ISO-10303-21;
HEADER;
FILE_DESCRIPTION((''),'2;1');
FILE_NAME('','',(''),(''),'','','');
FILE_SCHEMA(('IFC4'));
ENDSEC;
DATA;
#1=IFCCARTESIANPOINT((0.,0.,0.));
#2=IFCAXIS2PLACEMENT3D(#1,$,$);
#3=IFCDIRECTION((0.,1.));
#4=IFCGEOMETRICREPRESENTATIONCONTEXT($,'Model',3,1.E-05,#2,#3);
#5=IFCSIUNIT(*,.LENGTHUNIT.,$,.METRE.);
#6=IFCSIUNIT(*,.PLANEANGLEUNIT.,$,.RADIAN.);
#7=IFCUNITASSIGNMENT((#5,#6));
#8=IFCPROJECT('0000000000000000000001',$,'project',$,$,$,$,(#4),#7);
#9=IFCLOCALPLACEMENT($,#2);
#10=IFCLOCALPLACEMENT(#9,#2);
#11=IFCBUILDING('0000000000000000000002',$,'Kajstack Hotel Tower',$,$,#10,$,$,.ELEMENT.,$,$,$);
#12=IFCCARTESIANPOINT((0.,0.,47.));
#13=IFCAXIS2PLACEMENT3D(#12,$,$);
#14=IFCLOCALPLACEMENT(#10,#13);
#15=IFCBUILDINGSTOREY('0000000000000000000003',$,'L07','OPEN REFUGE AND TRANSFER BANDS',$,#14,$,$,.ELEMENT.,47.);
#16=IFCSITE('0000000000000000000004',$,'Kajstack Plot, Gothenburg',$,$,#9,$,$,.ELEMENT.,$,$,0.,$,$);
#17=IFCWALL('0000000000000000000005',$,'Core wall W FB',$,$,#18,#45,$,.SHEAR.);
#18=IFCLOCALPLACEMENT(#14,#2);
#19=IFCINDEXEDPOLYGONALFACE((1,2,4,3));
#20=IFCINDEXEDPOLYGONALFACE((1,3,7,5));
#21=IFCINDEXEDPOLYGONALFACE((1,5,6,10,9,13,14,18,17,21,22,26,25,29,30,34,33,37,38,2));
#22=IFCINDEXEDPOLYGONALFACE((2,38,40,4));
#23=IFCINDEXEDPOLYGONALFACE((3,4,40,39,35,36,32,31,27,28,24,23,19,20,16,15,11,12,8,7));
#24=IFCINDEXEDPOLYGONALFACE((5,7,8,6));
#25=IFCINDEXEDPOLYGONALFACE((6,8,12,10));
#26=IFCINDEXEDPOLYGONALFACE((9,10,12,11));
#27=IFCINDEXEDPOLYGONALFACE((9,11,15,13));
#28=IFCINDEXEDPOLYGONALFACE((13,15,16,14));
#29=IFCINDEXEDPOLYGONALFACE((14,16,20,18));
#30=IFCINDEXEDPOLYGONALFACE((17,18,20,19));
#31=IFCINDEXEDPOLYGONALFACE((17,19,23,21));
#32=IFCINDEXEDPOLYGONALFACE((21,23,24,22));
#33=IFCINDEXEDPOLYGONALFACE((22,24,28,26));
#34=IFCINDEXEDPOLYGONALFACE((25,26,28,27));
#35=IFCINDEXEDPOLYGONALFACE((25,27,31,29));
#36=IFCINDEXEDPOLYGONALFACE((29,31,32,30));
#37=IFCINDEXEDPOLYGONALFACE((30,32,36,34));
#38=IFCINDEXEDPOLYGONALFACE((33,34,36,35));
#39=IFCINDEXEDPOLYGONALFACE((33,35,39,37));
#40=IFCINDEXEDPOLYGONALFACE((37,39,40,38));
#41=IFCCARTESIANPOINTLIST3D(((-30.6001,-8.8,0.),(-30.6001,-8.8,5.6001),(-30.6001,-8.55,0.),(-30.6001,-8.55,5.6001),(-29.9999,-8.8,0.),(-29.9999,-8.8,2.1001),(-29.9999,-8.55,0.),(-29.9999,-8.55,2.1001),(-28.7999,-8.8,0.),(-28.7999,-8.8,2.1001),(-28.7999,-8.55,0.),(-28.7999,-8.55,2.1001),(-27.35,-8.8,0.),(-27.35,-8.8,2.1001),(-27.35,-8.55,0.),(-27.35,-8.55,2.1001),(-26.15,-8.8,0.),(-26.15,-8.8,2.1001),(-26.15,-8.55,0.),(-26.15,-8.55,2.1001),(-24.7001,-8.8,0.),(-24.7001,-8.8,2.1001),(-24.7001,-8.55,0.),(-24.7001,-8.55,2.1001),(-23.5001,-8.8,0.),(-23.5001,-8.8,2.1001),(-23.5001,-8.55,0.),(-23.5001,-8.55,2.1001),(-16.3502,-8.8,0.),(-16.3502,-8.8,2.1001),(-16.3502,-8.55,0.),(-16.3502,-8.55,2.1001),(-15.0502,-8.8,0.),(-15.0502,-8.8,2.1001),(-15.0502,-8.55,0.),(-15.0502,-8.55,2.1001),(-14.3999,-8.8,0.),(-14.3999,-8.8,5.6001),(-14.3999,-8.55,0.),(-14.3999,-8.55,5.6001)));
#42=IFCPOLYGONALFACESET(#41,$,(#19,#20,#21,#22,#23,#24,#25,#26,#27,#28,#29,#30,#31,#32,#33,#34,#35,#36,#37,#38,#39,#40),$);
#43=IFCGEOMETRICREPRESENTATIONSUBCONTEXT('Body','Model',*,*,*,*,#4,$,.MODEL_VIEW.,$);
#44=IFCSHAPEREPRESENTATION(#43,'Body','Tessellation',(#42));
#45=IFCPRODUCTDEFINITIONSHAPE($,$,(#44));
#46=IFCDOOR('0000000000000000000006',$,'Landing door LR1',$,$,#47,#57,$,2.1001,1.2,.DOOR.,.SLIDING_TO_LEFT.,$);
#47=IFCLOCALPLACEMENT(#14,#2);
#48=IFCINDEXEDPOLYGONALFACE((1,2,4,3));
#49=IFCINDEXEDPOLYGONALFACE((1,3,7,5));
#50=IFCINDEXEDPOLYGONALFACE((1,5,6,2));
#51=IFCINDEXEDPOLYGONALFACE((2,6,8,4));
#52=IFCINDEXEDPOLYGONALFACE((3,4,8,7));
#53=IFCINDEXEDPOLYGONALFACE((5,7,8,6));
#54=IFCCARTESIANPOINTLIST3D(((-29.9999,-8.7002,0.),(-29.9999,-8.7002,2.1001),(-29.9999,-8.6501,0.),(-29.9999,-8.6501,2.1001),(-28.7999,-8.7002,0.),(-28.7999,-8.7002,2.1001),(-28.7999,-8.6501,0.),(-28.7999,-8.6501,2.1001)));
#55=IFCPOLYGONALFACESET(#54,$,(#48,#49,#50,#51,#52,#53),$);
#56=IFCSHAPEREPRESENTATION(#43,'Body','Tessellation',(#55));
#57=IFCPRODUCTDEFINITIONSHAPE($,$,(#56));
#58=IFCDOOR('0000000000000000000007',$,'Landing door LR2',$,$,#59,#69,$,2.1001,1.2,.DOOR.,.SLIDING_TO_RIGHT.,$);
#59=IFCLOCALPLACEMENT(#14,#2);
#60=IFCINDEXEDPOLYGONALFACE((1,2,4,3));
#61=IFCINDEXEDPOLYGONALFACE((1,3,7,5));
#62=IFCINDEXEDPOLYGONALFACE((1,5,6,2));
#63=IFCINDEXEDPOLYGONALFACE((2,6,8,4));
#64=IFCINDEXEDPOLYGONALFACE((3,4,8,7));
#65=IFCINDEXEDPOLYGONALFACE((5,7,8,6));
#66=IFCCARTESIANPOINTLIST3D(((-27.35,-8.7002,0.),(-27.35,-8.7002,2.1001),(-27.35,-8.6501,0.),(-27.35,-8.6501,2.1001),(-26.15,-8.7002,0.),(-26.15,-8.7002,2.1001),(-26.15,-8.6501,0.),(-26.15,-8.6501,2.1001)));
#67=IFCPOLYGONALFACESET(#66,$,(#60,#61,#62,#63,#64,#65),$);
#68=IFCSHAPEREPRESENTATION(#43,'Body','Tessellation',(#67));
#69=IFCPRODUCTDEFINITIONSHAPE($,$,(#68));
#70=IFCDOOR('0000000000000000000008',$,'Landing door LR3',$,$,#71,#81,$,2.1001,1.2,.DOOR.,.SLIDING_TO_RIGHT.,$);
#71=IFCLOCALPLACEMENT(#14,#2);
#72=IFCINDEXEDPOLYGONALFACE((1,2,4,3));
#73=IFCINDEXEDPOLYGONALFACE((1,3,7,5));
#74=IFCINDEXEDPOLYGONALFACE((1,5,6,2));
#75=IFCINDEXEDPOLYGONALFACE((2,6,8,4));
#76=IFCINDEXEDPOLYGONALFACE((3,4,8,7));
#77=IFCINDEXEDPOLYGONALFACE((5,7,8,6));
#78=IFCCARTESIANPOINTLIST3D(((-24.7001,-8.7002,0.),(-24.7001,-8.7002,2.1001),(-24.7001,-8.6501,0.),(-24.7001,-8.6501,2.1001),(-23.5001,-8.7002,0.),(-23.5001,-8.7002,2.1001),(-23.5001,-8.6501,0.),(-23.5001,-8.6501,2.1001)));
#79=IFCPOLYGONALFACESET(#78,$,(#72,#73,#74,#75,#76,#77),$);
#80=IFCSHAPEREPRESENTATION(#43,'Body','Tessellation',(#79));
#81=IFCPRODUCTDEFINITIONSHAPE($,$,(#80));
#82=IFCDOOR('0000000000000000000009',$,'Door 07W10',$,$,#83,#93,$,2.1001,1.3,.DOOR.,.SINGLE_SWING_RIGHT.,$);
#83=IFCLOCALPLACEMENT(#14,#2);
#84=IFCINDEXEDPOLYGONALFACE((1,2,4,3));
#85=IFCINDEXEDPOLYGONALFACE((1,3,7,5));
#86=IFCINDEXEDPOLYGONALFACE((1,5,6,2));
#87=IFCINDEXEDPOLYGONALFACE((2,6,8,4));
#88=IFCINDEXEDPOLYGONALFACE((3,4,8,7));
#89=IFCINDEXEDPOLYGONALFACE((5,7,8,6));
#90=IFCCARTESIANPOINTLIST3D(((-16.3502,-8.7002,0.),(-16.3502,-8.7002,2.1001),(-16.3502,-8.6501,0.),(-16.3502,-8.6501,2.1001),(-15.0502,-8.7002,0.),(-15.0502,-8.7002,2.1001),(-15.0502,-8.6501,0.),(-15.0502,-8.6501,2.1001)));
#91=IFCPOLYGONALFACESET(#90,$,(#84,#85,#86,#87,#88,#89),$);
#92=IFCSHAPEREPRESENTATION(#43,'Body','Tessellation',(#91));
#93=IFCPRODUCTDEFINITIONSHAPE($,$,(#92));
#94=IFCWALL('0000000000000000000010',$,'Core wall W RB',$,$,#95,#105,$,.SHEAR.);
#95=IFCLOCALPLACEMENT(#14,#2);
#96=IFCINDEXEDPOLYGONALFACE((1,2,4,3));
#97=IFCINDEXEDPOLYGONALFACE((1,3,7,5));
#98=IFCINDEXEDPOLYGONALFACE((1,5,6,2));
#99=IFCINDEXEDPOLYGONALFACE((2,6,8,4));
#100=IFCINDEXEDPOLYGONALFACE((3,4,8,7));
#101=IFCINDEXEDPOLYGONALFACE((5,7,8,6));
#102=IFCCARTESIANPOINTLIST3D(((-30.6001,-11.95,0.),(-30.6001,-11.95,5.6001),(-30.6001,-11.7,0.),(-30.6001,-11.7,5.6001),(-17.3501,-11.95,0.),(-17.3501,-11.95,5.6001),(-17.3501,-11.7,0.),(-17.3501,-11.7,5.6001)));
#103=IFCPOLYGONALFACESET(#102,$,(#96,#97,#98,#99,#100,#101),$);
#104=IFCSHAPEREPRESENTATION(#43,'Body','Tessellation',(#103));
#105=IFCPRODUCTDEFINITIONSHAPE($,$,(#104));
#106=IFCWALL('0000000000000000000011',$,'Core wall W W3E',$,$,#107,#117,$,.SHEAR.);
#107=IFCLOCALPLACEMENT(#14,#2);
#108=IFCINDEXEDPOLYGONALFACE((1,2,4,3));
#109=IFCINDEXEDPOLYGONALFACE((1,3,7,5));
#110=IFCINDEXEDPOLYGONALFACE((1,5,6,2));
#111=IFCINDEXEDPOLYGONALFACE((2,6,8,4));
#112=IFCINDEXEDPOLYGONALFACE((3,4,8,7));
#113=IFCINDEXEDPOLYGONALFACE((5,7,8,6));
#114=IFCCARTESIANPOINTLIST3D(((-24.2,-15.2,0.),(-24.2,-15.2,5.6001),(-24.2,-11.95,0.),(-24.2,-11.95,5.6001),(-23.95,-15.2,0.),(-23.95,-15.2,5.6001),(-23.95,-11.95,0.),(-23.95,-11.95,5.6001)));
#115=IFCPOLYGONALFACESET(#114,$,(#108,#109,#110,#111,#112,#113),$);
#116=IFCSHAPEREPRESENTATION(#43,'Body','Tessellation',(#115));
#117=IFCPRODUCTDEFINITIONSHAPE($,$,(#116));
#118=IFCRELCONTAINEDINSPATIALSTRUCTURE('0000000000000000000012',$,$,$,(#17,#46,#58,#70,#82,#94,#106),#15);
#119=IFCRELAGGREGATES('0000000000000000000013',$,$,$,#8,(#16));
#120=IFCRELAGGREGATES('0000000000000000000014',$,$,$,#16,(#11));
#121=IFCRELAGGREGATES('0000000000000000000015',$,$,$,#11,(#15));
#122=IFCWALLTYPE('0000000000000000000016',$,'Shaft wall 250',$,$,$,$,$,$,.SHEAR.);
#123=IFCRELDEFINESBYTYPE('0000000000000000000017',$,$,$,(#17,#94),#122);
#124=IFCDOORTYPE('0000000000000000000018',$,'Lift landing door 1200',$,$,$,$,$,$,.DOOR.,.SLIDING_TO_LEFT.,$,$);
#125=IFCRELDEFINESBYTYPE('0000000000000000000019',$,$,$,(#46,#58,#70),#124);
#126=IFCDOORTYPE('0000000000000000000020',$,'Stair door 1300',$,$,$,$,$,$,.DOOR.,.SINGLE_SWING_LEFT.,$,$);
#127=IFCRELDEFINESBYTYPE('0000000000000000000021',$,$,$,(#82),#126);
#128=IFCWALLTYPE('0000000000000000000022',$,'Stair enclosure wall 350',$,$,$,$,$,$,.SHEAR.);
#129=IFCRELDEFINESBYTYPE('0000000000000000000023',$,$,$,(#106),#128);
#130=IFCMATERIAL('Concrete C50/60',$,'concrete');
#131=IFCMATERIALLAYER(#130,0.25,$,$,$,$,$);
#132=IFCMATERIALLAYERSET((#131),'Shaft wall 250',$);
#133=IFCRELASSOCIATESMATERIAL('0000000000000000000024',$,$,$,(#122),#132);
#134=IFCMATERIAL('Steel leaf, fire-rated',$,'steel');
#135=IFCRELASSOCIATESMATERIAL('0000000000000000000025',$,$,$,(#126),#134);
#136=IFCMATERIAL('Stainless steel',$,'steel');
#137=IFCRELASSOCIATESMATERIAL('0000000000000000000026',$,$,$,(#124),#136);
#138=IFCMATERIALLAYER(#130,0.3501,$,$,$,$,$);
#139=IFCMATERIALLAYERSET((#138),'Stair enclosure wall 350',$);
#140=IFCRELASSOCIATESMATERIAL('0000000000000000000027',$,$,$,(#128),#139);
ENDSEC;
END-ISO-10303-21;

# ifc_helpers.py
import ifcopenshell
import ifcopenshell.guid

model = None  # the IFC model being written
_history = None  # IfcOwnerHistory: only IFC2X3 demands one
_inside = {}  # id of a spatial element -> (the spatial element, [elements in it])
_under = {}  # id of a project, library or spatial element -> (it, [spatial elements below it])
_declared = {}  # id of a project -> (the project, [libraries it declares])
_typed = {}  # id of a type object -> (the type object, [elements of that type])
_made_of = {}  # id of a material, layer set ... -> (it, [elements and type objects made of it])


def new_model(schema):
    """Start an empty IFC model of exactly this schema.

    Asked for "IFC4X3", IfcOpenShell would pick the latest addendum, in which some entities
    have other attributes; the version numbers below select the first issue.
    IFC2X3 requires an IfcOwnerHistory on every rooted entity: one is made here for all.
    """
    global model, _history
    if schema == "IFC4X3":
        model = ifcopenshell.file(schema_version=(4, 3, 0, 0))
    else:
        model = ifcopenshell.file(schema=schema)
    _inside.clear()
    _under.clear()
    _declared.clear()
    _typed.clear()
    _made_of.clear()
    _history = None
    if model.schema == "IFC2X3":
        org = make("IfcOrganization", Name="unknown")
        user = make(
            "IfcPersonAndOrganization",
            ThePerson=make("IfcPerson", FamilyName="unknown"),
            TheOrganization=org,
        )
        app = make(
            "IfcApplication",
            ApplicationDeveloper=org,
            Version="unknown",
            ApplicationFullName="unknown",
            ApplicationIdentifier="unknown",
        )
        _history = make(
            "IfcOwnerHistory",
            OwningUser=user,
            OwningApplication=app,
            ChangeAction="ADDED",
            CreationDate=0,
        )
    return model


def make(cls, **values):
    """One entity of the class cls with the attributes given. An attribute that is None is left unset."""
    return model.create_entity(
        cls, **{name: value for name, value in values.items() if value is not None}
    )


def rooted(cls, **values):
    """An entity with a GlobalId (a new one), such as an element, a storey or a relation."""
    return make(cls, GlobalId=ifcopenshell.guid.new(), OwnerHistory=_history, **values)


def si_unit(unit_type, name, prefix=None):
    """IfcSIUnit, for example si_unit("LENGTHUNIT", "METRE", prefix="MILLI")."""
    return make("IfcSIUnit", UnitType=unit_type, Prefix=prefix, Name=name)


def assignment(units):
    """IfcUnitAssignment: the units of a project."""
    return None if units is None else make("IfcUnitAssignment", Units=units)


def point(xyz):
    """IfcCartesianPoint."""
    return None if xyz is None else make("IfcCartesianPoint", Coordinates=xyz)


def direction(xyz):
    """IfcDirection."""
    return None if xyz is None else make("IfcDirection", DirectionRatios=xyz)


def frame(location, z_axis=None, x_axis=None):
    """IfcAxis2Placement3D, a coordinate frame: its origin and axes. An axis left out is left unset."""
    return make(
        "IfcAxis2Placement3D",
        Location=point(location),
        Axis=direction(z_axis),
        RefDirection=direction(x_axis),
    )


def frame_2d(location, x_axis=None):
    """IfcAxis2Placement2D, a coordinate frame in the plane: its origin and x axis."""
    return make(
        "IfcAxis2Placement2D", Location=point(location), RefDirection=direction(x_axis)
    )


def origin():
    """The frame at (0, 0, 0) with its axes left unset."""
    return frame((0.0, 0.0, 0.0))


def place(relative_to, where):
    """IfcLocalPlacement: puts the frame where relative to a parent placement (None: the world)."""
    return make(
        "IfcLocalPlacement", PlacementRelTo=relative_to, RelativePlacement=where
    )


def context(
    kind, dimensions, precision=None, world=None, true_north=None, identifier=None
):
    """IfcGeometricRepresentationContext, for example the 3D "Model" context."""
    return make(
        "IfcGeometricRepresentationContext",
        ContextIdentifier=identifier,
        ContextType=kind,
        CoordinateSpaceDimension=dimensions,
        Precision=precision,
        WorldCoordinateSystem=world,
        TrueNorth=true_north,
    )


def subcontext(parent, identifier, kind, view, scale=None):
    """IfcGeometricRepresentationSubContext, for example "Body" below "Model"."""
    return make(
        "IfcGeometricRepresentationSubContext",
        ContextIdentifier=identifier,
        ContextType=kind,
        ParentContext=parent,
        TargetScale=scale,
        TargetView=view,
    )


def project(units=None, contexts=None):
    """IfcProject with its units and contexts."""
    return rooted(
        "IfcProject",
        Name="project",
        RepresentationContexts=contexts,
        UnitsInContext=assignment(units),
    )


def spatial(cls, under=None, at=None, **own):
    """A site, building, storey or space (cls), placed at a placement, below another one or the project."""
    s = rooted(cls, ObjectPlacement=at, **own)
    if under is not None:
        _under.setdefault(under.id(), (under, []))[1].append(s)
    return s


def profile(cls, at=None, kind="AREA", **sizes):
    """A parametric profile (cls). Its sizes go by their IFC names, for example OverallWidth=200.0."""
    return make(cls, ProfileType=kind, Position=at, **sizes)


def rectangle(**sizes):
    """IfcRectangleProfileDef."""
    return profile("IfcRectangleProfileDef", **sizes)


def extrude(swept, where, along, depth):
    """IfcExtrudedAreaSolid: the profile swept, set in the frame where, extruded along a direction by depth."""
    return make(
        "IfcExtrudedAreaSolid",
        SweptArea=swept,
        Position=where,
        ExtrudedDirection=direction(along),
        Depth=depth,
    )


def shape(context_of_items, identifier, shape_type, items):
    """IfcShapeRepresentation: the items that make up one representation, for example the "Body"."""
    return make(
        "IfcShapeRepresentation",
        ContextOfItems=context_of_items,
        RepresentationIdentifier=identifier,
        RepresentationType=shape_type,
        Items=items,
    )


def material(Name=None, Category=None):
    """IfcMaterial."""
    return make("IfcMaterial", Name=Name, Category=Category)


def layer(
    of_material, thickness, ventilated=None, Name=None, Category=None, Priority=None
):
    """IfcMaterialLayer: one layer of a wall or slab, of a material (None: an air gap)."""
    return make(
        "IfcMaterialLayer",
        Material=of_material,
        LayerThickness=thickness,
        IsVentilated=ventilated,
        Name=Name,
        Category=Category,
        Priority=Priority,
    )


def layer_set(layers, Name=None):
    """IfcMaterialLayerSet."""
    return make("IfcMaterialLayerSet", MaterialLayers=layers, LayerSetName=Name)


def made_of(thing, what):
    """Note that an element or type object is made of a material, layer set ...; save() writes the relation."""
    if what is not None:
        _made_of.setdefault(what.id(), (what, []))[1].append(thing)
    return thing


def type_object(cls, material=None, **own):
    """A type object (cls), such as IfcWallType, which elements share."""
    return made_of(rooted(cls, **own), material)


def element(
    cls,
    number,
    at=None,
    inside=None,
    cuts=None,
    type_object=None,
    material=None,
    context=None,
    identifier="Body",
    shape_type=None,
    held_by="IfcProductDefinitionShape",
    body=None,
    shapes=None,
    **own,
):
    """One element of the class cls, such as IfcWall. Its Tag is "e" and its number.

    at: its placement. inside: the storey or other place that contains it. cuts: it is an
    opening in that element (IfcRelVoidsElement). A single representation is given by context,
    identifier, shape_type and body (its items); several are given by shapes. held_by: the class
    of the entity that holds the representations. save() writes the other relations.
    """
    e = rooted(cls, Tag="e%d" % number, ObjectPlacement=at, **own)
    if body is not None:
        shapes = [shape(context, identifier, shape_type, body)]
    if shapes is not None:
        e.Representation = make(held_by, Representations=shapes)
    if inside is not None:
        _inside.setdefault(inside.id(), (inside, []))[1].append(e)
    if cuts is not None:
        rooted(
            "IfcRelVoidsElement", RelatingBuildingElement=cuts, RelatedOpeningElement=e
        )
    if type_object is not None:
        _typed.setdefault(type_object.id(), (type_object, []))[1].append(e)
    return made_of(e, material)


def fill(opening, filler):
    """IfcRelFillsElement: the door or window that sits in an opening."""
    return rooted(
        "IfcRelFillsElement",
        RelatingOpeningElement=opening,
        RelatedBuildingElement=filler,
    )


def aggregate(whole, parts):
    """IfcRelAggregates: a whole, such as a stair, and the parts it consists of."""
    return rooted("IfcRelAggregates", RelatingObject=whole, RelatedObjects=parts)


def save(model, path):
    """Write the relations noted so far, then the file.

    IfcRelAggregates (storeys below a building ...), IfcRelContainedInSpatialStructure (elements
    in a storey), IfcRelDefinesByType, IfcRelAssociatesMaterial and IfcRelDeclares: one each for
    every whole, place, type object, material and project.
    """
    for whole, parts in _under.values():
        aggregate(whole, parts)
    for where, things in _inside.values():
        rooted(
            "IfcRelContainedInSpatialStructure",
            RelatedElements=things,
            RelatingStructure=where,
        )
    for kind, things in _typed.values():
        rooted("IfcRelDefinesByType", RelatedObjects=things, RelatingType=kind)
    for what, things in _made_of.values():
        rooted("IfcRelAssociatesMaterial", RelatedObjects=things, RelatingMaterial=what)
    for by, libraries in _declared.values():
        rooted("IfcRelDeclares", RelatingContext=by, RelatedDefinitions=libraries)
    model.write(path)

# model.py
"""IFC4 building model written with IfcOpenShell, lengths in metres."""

from ifc_helpers import new_model, si_unit, direction, frame, frame_2d, origin, place, context, subcontext, project, spatial, rectangle, extrude, material, layer, layer_set, type_object, element, fill, save


model = new_model("IFC4")

# Units and contexts
model_context = context("Model", 3, precision=1e-05, world=origin(), true_north=direction((0.0, 1.0)))
body_context = subcontext(model_context, "Body", "Model", "MODEL_VIEW")
ifc_project = project(units=[si_unit("LENGTHUNIT", "METRE"), si_unit("PLANEANGLEUNIT", "RADIAN")], contexts=[model_context])

# Site, building, storey
site_placement = place(None, origin())
site = spatial("IfcSite", under=ifc_project, at=site_placement, Name="Kajstack Plot, Gothenburg", CompositionType="ELEMENT", RefElevation=0.0)
building_placement = place(site_placement, origin())
building = spatial("IfcBuilding", under=site, at=building_placement, Name="Kajstack Hotel Tower", CompositionType="ELEMENT")
storey_placement = place(building_placement, frame((0.0, 0.0, 47.0)))
storey = spatial("IfcBuildingStorey", under=building, at=storey_placement, Name="L07", Description="OPEN REFUGE AND TRANSFER BANDS", CompositionType="ELEMENT", Elevation=47.0)

# Shared definitions
ifc_material_1 = material(Name="Stainless steel", Category="steel")

# Shared definitions
ifc_material_2 = material(Name="Concrete C50/60", Category="concrete")

# Shared definitions
ifc_layer_1 = layer(ifc_material_2, 0.25)
ifc_layer_set_1 = layer_set([ifc_layer_1], Name="Shaft wall 250")
wall_type_1 = type_object("IfcWallType", Name="Shaft wall 250", PredefinedType="SHEAR", material=ifc_layer_set_1)
ifc_material_3 = material(Name="Steel leaf, fire-rated", Category="steel")
door_type_1 = type_object("IfcDoorType", Name="Stair door 1300", OperationType="SINGLE_SWING_LEFT", PredefinedType="DOOR", material=ifc_material_3)

# Wall, openings, doors
wall_1_placement = place(storey_placement, frame((-30.6001, -8.675, 0.0), z_axis=(0.0, 0.0, 1.0), x_axis=(1.0, 0.0, 0.0)))
wall_1 = element("IfcWall", 1, at=wall_1_placement, inside=storey, type_object=wall_type_1, Name="Core wall W FB", PredefinedType="SHEAR", context=body_context, shape_type="SweptSolid", body=[
    extrude(rectangle(XDim=16.2002, YDim=0.25, at=frame_2d((8.1001, 0.0))), origin(), (0.0, 0.0, 1.0), 5.6001),
])
opening_1_placement = place(wall_1_placement, frame((0.6001, 0.0, 0.0)))
opening_1 = element("IfcOpeningElement", 2, at=opening_1_placement, cuts=wall_1, PredefinedType="OPENING", context=body_context, shape_type="SweptSolid", body=[
    extrude(rectangle(XDim=1.2, YDim=2.1001, at=frame_2d((0.6001, 1.05))), frame((0.0, 0.135, 0.0), z_axis=(0.0, -1.0, 0.0), x_axis=(1.0, 0.0, 0.0)), (0.0, 0.0, 1.0), 0.27),
])
opening_2_placement = place(wall_1_placement, frame((3.25, 0.0, 0.0)))
opening_2 = element("IfcOpeningElement", 3, at=opening_2_placement, cuts=wall_1, PredefinedType="OPENING", context=body_context, shape_type="SweptSolid", body=[
    extrude(rectangle(XDim=1.2, YDim=2.1001, at=frame_2d((0.6001, 1.05))), frame((0.0, 0.135, 0.0), z_axis=(0.0, -1.0, 0.0), x_axis=(1.0, 0.0, 0.0)), (0.0, 0.0, 1.0), 0.27),
])
opening_3_placement = place(wall_1_placement, frame((5.8999, 0.0, 0.0)))
opening_3 = element("IfcOpeningElement", 4, at=opening_3_placement, cuts=wall_1, PredefinedType="OPENING", context=body_context, shape_type="SweptSolid", body=[
    extrude(rectangle(XDim=1.2, YDim=2.1001, at=frame_2d((0.6001, 1.05))), frame((0.0, 0.135, 0.0), z_axis=(0.0, -1.0, 0.0), x_axis=(1.0, 0.0, 0.0)), (0.0, 0.0, 1.0), 0.27),
])
opening_4_placement = place(wall_1_placement, frame((14.25, 0.0, 0.0)))
opening_4 = element("IfcOpeningElement", 5, at=opening_4_placement, cuts=wall_1, PredefinedType="OPENING", context=body_context, shape_type="SweptSolid", body=[
    extrude(rectangle(XDim=1.3, YDim=2.1001, at=frame_2d((0.6499, 1.05))), frame((0.0, 0.135, 0.0), z_axis=(0.0, -1.0, 0.0), x_axis=(1.0, 0.0, 0.0)), (0.0, 0.0, 1.0), 0.27),
])
door_type_2 = type_object("IfcDoorType", Name="Lift landing door 1200", OperationType="SLIDING_TO_LEFT", PredefinedType="DOOR", material=ifc_material_1)
door_1_placement = place(opening_1_placement, origin())
door_1 = element("IfcDoor", 6, at=door_1_placement, inside=storey, type_object=door_type_2, Name="Landing door LR1", OperationType="SLIDING_TO_LEFT", OverallHeight=2.1001, OverallWidth=1.2, PredefinedType="DOOR", context=body_context, shape_type="SweptSolid", body=[
    extrude(rectangle(XDim=1.2, YDim=2.1001, at=frame_2d((0.6001, 1.05))), frame((0.0, 0.0249, 0.0), z_axis=(0.0, -1.0, 0.0), x_axis=(1.0, 0.0, 0.0)), (0.0, 0.0, 1.0), 0.05),
])
fill(opening_1, door_1)
door_2_placement = place(opening_2_placement, origin())
door_2 = element("IfcDoor", 7, at=door_2_placement, inside=storey, type_object=door_type_2, Name="Landing door LR2", OperationType="SLIDING_TO_RIGHT", OverallHeight=2.1001, OverallWidth=1.2, PredefinedType="DOOR", context=body_context, shape_type="SweptSolid", body=[
    extrude(rectangle(XDim=1.2, YDim=2.1001, at=frame_2d((0.6001, 1.05))), frame((0.0, 0.0249, 0.0), z_axis=(0.0, -1.0, 0.0), x_axis=(1.0, 0.0, 0.0)), (0.0, 0.0, 1.0), 0.05),
])
fill(opening_2, door_2)
door_3_placement = place(opening_3_placement, origin())
door_3 = element("IfcDoor", 8, at=door_3_placement, inside=storey, type_object=door_type_2, Name="Landing door LR3", OperationType="SLIDING_TO_RIGHT", OverallHeight=2.1001, OverallWidth=1.2, PredefinedType="DOOR", context=body_context, shape_type="SweptSolid", body=[
    extrude(rectangle(XDim=1.2, YDim=2.1001, at=frame_2d((0.6001, 1.05))), frame((0.0, 0.0249, 0.0), z_axis=(0.0, -1.0, 0.0), x_axis=(1.0, 0.0, 0.0)), (0.0, 0.0, 1.0), 0.05),
])
fill(opening_3, door_3)
door_4_placement = place(opening_4_placement, origin())
door_4 = element("IfcDoor", 9, at=door_4_placement, inside=storey, type_object=door_type_1, Name="Door 07W10", OperationType="SINGLE_SWING_RIGHT", OverallHeight=2.1001, OverallWidth=1.3, PredefinedType="DOOR", context=body_context, shape_type="SweptSolid", body=[
    extrude(rectangle(XDim=1.3, YDim=2.1001, at=frame_2d((0.6499, 1.05))), frame((0.0, 0.0249, 0.0), z_axis=(0.0, -1.0, 0.0), x_axis=(1.0, 0.0, 0.0)), (0.0, 0.0, 1.0), 0.05),
])
fill(opening_4, door_4)

# Walls
wall_2_placement = place(storey_placement, frame((-30.6001, -11.825, 0.0), z_axis=(0.0, 0.0, 1.0), x_axis=(1.0, 0.0, 0.0)))
element("IfcWall", 10, at=wall_2_placement, inside=storey, type_object=wall_type_1, Name="Core wall W RB", PredefinedType="SHEAR", context=body_context, shape_type="SweptSolid", body=[
    extrude(rectangle(XDim=13.25, YDim=0.25, at=frame_2d((6.625, 0.0))), origin(), (0.0, 0.0, 1.0), 5.6001),
])
ifc_layer_2 = layer(ifc_material_2, 0.3501)
ifc_layer_set_2 = layer_set([ifc_layer_2], Name="Stair enclosure wall 350")
wall_type_2 = type_object("IfcWallType", Name="Stair enclosure wall 350", PredefinedType="SHEAR", material=ifc_layer_set_2)
wall_3_placement = place(storey_placement, frame((-24.075, -15.2, 0.0), z_axis=(0.0, 0.0, 1.0), x_axis=(0.0, 1.0, 0.0)))
element("IfcWall", 11, at=wall_3_placement, inside=storey, type_object=wall_type_2, Name="Core wall W W3E", PredefinedType="SHEAR", context=body_context, shape_type="SweptSolid", body=[
    extrude(rectangle(XDim=3.25, YDim=0.25, at=frame_2d((1.625, 0.0))), origin(), (0.0, 0.0, 1.0), 5.6001),
])

save(model, "model.ifc")
